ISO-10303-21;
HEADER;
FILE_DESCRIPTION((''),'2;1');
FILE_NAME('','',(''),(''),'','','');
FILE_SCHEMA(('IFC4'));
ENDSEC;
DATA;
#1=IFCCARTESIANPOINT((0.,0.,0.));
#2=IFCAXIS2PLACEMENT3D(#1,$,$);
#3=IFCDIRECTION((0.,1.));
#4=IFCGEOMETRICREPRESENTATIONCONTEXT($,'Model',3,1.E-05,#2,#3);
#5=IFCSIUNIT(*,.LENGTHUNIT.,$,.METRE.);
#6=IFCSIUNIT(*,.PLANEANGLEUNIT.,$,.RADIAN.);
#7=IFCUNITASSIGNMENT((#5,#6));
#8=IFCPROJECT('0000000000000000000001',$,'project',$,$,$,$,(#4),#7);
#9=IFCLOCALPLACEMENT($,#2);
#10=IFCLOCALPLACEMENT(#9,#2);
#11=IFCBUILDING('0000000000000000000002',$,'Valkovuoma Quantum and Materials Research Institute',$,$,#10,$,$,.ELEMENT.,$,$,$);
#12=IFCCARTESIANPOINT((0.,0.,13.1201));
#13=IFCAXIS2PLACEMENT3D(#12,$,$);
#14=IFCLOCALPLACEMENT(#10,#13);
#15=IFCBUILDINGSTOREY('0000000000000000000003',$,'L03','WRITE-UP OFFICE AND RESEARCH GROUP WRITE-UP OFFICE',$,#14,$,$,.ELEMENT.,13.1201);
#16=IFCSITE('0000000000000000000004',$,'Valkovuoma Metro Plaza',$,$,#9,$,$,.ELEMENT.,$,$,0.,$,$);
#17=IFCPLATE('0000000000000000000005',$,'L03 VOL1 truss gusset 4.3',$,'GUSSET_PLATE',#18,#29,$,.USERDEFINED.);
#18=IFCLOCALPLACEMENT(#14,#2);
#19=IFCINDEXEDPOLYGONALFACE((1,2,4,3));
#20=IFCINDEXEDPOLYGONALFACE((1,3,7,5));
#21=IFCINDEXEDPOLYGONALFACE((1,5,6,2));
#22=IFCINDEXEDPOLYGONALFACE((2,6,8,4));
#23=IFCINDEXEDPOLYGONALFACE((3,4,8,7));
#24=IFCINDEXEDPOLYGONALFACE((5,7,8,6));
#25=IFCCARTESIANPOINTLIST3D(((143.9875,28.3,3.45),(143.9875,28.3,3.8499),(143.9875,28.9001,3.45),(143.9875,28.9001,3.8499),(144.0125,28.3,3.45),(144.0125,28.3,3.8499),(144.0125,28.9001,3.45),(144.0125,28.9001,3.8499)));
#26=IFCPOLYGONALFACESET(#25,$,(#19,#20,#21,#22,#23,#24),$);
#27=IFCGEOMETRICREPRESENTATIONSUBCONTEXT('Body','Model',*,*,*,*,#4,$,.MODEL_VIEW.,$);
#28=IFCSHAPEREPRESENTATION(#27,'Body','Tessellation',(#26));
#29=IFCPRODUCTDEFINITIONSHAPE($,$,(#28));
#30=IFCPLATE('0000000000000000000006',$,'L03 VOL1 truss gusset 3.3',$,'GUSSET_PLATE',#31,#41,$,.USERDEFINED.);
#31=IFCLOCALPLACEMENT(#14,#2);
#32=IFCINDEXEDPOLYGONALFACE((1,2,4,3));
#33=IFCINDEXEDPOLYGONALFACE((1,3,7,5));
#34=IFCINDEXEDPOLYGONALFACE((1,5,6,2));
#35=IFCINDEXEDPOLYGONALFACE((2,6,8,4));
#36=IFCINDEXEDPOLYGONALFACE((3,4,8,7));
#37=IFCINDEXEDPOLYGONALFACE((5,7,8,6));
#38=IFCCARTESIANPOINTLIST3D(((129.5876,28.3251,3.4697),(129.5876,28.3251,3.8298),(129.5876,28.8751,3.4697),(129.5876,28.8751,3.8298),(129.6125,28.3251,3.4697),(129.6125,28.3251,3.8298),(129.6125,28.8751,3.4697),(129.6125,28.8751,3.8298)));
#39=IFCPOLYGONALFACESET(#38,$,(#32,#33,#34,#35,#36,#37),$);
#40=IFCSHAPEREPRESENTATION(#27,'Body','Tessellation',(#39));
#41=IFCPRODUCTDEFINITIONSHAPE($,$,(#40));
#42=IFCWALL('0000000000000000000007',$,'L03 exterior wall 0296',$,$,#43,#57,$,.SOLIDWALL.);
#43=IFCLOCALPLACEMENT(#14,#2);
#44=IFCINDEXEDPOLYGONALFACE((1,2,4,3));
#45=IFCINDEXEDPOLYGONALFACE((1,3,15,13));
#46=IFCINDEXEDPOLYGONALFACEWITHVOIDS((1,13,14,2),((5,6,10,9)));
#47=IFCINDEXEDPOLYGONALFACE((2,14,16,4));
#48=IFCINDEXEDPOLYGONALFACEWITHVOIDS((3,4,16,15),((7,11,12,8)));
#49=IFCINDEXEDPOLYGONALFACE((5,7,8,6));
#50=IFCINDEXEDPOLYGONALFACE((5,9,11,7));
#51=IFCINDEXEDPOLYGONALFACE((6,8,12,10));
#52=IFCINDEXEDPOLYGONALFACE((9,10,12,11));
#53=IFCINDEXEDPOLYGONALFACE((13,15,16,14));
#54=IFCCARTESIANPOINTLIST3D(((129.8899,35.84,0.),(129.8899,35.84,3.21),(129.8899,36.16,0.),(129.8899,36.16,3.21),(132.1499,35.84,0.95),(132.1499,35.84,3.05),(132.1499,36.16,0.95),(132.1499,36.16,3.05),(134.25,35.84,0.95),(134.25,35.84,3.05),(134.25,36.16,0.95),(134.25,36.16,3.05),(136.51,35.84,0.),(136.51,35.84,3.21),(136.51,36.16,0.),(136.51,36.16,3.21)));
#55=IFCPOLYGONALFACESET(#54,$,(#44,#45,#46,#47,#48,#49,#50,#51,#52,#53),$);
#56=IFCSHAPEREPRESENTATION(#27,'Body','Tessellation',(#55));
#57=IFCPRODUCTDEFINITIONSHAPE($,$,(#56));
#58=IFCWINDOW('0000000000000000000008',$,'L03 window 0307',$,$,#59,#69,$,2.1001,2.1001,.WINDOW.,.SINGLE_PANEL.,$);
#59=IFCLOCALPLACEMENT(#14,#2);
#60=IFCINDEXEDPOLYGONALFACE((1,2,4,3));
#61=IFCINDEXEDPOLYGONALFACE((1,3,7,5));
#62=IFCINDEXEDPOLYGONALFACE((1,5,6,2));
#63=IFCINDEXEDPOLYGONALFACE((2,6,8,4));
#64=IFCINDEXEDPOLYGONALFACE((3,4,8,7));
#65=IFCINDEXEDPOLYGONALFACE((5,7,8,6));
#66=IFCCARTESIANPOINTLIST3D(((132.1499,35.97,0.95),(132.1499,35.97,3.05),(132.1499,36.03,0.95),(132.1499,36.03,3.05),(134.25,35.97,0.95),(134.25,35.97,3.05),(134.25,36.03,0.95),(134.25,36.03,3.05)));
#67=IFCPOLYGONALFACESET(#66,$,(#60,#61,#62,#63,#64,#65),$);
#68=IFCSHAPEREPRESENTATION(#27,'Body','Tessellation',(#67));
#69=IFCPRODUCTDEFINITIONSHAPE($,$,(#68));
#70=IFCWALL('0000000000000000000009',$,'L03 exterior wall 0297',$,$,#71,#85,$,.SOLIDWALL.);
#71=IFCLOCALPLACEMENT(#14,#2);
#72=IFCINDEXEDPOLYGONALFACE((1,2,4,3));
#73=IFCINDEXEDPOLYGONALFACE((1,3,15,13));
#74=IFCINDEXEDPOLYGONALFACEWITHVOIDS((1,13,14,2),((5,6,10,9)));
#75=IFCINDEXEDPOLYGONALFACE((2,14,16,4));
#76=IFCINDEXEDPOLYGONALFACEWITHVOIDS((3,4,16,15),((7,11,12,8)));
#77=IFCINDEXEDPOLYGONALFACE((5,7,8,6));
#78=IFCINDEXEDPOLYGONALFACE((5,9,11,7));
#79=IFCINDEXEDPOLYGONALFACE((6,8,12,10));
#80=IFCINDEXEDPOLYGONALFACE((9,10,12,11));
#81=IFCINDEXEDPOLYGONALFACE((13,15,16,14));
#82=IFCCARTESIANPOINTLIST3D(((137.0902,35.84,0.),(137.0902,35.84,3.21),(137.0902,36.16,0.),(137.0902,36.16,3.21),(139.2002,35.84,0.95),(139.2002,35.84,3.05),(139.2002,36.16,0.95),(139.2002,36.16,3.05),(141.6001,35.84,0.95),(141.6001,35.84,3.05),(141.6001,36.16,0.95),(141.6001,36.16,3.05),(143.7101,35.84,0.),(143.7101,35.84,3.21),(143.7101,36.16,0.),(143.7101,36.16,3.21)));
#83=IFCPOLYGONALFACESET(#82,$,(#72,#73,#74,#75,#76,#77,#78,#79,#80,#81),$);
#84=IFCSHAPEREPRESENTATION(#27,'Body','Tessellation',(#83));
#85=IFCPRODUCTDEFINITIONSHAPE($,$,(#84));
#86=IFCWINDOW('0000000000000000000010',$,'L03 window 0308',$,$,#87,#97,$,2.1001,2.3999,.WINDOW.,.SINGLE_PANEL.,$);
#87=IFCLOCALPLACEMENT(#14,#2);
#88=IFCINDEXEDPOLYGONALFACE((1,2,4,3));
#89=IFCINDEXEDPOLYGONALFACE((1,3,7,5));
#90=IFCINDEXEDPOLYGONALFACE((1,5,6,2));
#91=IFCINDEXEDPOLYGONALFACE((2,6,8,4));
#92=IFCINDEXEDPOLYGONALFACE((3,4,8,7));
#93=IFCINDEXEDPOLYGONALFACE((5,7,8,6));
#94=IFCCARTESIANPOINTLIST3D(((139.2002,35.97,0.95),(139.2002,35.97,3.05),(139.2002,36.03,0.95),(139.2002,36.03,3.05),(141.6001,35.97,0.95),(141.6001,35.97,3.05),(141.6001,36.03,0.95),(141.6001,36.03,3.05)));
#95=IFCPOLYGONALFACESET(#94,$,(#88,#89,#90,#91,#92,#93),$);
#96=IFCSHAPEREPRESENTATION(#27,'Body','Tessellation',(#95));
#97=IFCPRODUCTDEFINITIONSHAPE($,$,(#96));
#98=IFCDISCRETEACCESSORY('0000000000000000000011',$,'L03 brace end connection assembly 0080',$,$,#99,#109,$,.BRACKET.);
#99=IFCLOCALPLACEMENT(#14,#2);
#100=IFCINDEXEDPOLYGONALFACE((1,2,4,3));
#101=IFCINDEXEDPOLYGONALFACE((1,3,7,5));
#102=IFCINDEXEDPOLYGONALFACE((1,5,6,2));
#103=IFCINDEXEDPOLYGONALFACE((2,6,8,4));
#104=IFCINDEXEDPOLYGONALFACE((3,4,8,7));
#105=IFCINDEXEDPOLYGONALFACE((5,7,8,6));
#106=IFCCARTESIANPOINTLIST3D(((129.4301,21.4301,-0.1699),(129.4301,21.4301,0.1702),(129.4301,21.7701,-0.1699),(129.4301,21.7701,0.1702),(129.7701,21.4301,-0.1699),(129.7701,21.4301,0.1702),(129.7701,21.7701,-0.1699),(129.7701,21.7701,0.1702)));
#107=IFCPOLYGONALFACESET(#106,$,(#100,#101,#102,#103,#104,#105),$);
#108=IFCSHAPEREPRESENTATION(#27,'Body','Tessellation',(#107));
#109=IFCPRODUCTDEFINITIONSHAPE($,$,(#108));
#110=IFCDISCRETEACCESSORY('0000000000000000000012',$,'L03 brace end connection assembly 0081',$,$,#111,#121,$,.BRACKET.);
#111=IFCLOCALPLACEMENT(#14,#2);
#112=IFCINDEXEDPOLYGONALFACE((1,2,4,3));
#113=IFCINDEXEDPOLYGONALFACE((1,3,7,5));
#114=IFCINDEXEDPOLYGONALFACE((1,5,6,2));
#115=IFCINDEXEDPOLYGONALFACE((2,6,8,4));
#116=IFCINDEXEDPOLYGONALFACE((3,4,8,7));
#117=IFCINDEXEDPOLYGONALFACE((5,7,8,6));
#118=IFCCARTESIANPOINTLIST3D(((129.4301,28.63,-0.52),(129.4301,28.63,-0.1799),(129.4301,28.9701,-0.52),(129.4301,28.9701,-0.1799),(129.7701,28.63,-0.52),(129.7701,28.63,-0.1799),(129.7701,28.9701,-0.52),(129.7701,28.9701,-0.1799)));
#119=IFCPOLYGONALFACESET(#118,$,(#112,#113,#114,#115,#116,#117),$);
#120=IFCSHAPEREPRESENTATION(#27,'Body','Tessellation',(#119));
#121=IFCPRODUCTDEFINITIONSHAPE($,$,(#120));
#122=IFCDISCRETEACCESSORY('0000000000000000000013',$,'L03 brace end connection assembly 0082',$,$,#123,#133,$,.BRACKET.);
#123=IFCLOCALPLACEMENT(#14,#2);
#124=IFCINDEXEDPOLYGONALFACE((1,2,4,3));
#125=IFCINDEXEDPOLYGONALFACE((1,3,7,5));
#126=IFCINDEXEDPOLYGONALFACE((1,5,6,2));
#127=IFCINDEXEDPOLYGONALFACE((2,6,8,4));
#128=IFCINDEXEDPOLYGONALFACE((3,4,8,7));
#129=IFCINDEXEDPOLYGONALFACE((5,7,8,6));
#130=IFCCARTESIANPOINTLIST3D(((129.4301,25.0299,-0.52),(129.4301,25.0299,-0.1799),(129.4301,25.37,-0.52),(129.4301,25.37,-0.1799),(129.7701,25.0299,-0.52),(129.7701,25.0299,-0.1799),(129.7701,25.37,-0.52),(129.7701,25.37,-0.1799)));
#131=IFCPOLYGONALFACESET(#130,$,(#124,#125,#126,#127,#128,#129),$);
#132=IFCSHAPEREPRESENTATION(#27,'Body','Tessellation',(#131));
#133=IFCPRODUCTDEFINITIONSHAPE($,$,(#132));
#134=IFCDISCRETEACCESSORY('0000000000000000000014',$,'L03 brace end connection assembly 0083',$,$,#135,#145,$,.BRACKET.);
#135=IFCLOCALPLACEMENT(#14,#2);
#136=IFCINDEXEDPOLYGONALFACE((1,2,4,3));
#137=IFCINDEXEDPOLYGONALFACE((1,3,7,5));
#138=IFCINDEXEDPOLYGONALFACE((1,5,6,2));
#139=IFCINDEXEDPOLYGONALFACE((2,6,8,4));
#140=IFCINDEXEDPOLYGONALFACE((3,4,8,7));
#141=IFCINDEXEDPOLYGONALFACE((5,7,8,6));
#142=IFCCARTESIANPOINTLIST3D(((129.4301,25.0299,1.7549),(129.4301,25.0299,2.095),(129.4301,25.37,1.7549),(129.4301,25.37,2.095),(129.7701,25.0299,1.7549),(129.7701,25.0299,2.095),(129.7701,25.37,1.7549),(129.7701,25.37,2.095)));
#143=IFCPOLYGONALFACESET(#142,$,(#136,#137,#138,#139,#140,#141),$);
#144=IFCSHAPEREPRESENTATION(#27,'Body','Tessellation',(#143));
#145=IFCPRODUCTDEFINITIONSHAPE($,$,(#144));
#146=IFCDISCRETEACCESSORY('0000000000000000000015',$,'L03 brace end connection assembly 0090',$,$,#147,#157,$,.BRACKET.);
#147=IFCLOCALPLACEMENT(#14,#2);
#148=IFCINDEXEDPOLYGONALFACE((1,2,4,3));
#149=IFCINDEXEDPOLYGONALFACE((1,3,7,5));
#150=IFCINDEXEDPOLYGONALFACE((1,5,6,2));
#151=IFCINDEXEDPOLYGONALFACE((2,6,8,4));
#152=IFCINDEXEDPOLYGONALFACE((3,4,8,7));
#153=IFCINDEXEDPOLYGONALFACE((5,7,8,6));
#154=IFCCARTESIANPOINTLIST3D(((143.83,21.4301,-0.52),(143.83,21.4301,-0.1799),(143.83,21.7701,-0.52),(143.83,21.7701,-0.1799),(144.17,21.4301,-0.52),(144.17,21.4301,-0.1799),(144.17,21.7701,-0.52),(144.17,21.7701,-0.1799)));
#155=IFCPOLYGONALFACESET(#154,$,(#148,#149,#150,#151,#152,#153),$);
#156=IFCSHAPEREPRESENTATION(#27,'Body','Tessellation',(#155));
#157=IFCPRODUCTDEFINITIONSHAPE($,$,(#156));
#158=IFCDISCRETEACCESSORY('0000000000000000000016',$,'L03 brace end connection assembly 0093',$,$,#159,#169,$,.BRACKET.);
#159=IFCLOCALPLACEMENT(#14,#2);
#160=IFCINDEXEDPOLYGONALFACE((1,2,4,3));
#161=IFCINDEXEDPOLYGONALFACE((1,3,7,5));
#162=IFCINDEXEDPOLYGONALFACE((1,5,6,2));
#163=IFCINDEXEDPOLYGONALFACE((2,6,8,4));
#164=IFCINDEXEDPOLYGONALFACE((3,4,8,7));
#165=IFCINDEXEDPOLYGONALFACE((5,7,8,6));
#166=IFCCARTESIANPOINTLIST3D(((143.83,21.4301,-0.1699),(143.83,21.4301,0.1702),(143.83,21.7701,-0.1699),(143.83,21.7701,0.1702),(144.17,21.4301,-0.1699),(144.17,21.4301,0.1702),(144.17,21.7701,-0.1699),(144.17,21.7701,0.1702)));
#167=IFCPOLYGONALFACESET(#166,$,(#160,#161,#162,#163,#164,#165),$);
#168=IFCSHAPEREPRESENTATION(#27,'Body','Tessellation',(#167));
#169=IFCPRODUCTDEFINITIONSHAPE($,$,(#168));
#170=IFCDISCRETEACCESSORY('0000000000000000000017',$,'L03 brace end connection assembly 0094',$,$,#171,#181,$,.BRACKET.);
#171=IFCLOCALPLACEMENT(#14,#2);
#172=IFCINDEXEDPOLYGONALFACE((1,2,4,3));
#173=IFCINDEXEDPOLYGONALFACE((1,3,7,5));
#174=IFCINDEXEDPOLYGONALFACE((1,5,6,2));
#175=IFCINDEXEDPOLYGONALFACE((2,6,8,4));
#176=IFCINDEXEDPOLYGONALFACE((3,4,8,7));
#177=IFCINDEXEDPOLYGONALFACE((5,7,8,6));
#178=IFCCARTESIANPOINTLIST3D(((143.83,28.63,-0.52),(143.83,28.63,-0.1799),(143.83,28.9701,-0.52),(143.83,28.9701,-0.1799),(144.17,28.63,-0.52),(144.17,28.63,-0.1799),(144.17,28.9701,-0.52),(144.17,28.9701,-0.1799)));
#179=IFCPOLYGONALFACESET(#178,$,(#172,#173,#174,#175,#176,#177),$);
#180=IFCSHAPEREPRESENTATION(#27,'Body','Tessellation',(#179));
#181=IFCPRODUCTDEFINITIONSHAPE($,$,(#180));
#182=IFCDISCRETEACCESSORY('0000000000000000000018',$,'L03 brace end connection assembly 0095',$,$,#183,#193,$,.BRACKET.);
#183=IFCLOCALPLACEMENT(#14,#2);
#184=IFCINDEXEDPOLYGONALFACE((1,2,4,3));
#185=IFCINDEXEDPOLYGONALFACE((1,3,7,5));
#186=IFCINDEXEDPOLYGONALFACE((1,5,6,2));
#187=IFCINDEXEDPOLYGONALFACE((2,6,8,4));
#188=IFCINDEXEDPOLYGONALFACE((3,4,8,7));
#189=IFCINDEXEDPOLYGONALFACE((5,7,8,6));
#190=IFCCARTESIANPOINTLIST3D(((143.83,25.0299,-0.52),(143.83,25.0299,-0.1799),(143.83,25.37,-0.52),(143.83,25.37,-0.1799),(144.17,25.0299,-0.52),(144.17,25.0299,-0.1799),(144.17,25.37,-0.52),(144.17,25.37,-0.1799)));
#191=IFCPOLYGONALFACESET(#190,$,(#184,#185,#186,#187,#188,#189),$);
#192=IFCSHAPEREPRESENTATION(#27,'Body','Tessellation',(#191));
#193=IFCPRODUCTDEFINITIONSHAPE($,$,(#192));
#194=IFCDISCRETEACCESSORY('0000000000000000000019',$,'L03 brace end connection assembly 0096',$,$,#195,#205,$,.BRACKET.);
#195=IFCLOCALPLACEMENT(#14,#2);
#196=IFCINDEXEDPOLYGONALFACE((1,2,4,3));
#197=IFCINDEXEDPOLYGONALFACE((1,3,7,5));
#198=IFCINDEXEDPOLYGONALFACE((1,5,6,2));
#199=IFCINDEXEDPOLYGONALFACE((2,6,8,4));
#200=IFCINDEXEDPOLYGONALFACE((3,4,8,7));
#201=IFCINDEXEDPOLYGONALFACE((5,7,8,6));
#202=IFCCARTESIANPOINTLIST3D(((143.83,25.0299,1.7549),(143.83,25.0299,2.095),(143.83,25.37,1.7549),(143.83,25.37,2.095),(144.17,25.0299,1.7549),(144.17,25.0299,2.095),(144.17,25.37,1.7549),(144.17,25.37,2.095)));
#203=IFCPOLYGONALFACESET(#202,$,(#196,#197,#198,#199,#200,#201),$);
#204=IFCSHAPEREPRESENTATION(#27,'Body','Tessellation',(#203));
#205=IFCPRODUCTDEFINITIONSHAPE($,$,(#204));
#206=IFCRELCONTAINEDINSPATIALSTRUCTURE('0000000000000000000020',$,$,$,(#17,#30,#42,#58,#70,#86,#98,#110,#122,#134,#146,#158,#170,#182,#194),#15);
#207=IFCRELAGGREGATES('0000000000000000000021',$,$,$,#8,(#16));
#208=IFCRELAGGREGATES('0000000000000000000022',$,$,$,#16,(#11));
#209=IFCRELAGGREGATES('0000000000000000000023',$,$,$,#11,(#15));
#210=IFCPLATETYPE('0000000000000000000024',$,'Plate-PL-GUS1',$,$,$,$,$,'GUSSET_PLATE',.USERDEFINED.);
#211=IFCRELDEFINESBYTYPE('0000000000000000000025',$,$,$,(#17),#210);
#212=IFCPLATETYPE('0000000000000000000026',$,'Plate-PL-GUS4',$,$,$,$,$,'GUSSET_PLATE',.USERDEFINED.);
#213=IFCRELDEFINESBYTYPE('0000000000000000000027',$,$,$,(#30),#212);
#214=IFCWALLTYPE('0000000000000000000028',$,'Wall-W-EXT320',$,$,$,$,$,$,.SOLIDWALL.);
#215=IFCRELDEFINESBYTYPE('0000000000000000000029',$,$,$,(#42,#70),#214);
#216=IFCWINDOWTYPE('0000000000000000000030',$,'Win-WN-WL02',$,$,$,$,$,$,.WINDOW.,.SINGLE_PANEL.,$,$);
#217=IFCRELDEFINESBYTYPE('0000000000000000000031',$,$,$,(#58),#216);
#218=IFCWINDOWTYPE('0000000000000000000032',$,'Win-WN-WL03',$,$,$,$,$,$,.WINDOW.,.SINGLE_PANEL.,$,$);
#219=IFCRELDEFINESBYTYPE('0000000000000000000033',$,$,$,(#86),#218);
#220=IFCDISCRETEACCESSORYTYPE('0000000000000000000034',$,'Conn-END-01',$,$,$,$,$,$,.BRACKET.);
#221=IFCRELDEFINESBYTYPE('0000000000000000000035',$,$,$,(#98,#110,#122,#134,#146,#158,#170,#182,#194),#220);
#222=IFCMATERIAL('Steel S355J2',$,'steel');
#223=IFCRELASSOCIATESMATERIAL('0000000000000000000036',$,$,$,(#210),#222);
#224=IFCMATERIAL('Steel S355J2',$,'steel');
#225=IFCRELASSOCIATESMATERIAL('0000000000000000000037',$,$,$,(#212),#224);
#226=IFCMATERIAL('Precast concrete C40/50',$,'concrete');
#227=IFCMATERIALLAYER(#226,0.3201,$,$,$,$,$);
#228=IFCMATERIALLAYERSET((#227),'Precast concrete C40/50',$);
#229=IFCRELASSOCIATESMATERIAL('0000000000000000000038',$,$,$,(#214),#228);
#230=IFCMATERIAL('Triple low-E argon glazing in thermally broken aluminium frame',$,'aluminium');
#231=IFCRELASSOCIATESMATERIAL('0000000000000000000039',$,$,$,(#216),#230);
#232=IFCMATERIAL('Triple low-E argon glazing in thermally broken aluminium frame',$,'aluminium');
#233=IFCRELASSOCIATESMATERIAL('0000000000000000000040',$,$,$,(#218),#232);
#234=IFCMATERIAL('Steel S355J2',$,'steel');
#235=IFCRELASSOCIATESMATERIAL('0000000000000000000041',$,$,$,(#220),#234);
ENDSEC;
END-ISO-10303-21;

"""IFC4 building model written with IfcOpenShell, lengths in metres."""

from ifc_helpers import new_model, si_unit, direction, frame, frame_2d, origin, origin_2d, place, context, subcontext, project, spatial, rectangle, extrude, material, layer, layer_set, type_object, element, fill, save


model = new_model("IFC4")

# Units and contexts
model_context = context("Model", 3, precision=1e-05, world=origin(), true_north=direction((0.0, 1.0)))
body_context = subcontext(model_context, "Body", "Model", "MODEL_VIEW")
ifc_project = project(units=[si_unit("LENGTHUNIT", "METRE"), si_unit("PLANEANGLEUNIT", "RADIAN")], contexts=[model_context])

# Site, building, storey
site_placement = place(None, origin())
site = spatial("IfcSite", under=ifc_project, at=site_placement, Name="Valkovuoma Metro Plaza", CompositionType="ELEMENT", RefElevation=0.0)
building_placement = place(site_placement, origin())
building = spatial("IfcBuilding", under=site, at=building_placement, Name="Valkovuoma Quantum and Materials Research Institute", CompositionType="ELEMENT")
storey_placement = place(building_placement, frame((0.0, 0.0, 13.1201)))
storey = spatial("IfcBuildingStorey", under=building, at=storey_placement, Name="L03", Description="WRITE-UP OFFICE AND RESEARCH GROUP WRITE-UP OFFICE", CompositionType="ELEMENT", Elevation=13.1201)

# Plates
ifc_material_1 = material(Name="Steel S355J2", Category="steel")
plate_type_1 = type_object("IfcPlateType", Name="Plate-PL-GUS1", ElementType="GUSSET_PLATE", PredefinedType="USERDEFINED", material=ifc_material_1)
plate_1_placement = place(storey_placement, frame((144.0, 28.6001, 3.45), z_axis=(0.0, 0.0, 1.0), x_axis=(0.0, 1.0, 0.0)))
element("IfcPlate", 1, at=plate_1_placement, inside=storey, type_object=plate_type_1, Name="L03 VOL1 truss gusset 4.3", ObjectType="GUSSET_PLATE", PredefinedType="USERDEFINED", context=body_context, shape_type="SweptSolid", body=[
    extrude(rectangle(XDim=0.6001, YDim=0.0249, at=origin_2d()), origin(), (0.0, 0.0, 1.0), 0.3999),
])
ifc_material_2 = material(Name="Steel S355J2", Category="steel")
plate_type_2 = type_object("IfcPlateType", Name="Plate-PL-GUS4", ElementType="GUSSET_PLATE", PredefinedType="USERDEFINED", material=ifc_material_2)
plate_2_placement = place(storey_placement, frame((129.6001, 28.6001, 3.4697), z_axis=(0.0, 0.0, 1.0), x_axis=(0.0, 1.0, 0.0)))
element("IfcPlate", 2, at=plate_2_placement, inside=storey, type_object=plate_type_2, Name="L03 VOL1 truss gusset 3.3", ObjectType="GUSSET_PLATE", PredefinedType="USERDEFINED", context=body_context, shape_type="SweptSolid", body=[
    extrude(rectangle(XDim=0.55, YDim=0.0249, at=origin_2d()), origin(), (0.0, 0.0, 1.0), 0.3601),
])

# Walls, openings, windows
ifc_material_3 = material(Name="Precast concrete C40/50", Category="concrete")
ifc_layer = layer(ifc_material_3, 0.3201)
ifc_layer_set = layer_set([ifc_layer], Name="Precast concrete C40/50")
wall_type = type_object("IfcWallType", Name="Wall-W-EXT320", PredefinedType="SOLIDWALL", material=ifc_layer_set)
wall_1_placement = place(storey_placement, frame((129.8899, 36.0, 0.0), z_axis=(0.0, 0.0, 1.0), x_axis=(1.0, 0.0, 0.0)))
wall_1 = element("IfcWall", 3, at=wall_1_placement, inside=storey, type_object=wall_type, Name="L03 exterior wall 0296", PredefinedType="SOLIDWALL", context=body_context, shape_type="SweptSolid", body=[
    extrude(rectangle(XDim=6.6201, YDim=0.3201, at=frame_2d((3.3101, 0.0))), origin(), (0.0, 0.0, 1.0), 3.21),
])
opening_1_placement = place(wall_1_placement, frame((2.26, 0.0, 0.95)))
opening_1 = element("IfcOpeningElement", 4, at=opening_1_placement, cuts=wall_1, PredefinedType="OPENING", context=body_context, shape_type="SweptSolid", body=[
    extrude(rectangle(XDim=2.1001, YDim=2.1001, at=frame_2d((1.05, 1.05))), frame((0.0, 0.1699, 0.0), z_axis=(0.0, -1.0, 0.0), x_axis=(1.0, 0.0, 0.0)), (0.0, 0.0, 1.0), 0.3401),
])
ifc_material_4 = material(Name="Triple low-E argon glazing in thermally broken aluminium frame", Category="aluminium")
window_type_1 = type_object("IfcWindowType", Name="Win-WN-WL02", PartitioningType="SINGLE_PANEL", PredefinedType="WINDOW", material=ifc_material_4)
window_1_placement = place(opening_1_placement, origin())
window_1 = element("IfcWindow", 5, at=window_1_placement, inside=storey, type_object=window_type_1, Name="L03 window 0307", OverallHeight=2.1001, OverallWidth=2.1001, PartitioningType="SINGLE_PANEL", PredefinedType="WINDOW", context=body_context, shape_type="SweptSolid", body=[
    extrude(rectangle(XDim=2.1001, YDim=2.1001, at=frame_2d((1.05, 1.05))), frame((0.0, 0.03, 0.0), z_axis=(0.0, -1.0, 0.0), x_axis=(1.0, 0.0, 0.0)), (0.0, 0.0, 1.0), 0.0601),
])
fill(opening_1, window_1)
wall_2_placement = place(storey_placement, frame((137.0901, 36.0, 0.0), z_axis=(0.0, 0.0, 1.0), x_axis=(1.0, 0.0, 0.0)))
wall_2 = element("IfcWall", 6, at=wall_2_placement, inside=storey, type_object=wall_type, Name="L03 exterior wall 0297", PredefinedType="SOLIDWALL", context=body_context, shape_type="SweptSolid", body=[
    extrude(rectangle(XDim=6.6199, YDim=0.3201, at=frame_2d((3.3101, 0.0))), origin(), (0.0, 0.0, 1.0), 3.21),
])
opening_2_placement = place(wall_2_placement, frame((2.1101, 0.0, 0.95)))
opening_2 = element("IfcOpeningElement", 7, at=opening_2_placement, cuts=wall_2, PredefinedType="OPENING", context=body_context, shape_type="SweptSolid", body=[
    extrude(rectangle(XDim=2.3999, YDim=2.1001, at=frame_2d((1.2, 1.05))), frame((0.0, 0.1699, 0.0), z_axis=(0.0, -1.0, 0.0), x_axis=(1.0, 0.0, 0.0)), (0.0, 0.0, 1.0), 0.3401),
])
ifc_material_5 = material(Name="Triple low-E argon glazing in thermally broken aluminium frame", Category="aluminium")
window_type_2 = type_object("IfcWindowType", Name="Win-WN-WL03", PartitioningType="SINGLE_PANEL", PredefinedType="WINDOW", material=ifc_material_5)
window_2_placement = place(opening_2_placement, origin())
window_2 = element("IfcWindow", 8, at=window_2_placement, inside=storey, type_object=window_type_2, Name="L03 window 0308", OverallHeight=2.1001, OverallWidth=2.3999, PartitioningType="SINGLE_PANEL", PredefinedType="WINDOW", context=body_context, shape_type="SweptSolid", body=[
    extrude(rectangle(XDim=2.3999, YDim=2.1001, at=frame_2d((1.2, 1.05))), frame((0.0, 0.03, 0.0), z_axis=(0.0, -1.0, 0.0), x_axis=(1.0, 0.0, 0.0)), (0.0, 0.0, 1.0), 0.0601),
])
fill(opening_2, window_2)

# Discrete accessories
ifc_material_6 = material(Name="Steel S355J2", Category="steel")
discrete_accessory_type = type_object("IfcDiscreteAccessoryType", Name="Conn-END-01", PredefinedType="BRACKET", material=ifc_material_6)
for number, where, z_axis, x_axis, name in (
    (9, (129.6001, 21.6001, -0.1699), (0.0, 0.0, 1.0), (1.0, 0.0, 0.0), "L03 brace end connection assembly 0080"),
    (10, (129.6001, 28.8, -0.52), (0.0, 0.0, 1.0), (1.0, 0.0, 0.0), "L03 brace end connection assembly 0081"),
    (11, (129.6001, 25.2, -0.52), (0.0, 0.0, 1.0), (1.0, 0.0, 0.0), "L03 brace end connection assembly 0082"),
    (12, (129.6001, 25.2, 1.7549), (0.0, 0.0, 1.0), (1.0, 0.0, 0.0), "L03 brace end connection assembly 0083"),
    (13, (144.0, 21.6001, -0.52), (0.0, 0.0, 1.0), (1.0, 0.0, 0.0), "L03 brace end connection assembly 0090"),
    (14, (144.0, 21.6001, -0.1699), (0.0, 0.0, 1.0), (1.0, 0.0, 0.0), "L03 brace end connection assembly 0093"),
    (15, (144.0, 28.8, -0.52), (0.0, 0.0, 1.0), (1.0, 0.0, 0.0), "L03 brace end connection assembly 0094"),
    (16, (144.0, 25.2, -0.52), (0.0, 0.0, 1.0), (1.0, 0.0, 0.0), "L03 brace end connection assembly 0095"),
    (17, (144.0, 25.2, 1.7549), (0.0, 0.0, 1.0), (1.0, 0.0, 0.0), "L03 brace end connection assembly 0096"),
):
    element("IfcDiscreteAccessory", number, at=place(storey_placement, frame(where, z_axis=z_axis, x_axis=x_axis)), inside=storey, type_object=discrete_accessory_type, Name=name, PredefinedType="BRACKET", context=body_context, shape_type="SweptSolid", body=[
        extrude(rectangle(XDim=0.3401, YDim=0.3401, at=origin_2d()), origin(), (0.0, 0.0, 1.0), 0.3401),
    ])

save(model, "model.ifc")
